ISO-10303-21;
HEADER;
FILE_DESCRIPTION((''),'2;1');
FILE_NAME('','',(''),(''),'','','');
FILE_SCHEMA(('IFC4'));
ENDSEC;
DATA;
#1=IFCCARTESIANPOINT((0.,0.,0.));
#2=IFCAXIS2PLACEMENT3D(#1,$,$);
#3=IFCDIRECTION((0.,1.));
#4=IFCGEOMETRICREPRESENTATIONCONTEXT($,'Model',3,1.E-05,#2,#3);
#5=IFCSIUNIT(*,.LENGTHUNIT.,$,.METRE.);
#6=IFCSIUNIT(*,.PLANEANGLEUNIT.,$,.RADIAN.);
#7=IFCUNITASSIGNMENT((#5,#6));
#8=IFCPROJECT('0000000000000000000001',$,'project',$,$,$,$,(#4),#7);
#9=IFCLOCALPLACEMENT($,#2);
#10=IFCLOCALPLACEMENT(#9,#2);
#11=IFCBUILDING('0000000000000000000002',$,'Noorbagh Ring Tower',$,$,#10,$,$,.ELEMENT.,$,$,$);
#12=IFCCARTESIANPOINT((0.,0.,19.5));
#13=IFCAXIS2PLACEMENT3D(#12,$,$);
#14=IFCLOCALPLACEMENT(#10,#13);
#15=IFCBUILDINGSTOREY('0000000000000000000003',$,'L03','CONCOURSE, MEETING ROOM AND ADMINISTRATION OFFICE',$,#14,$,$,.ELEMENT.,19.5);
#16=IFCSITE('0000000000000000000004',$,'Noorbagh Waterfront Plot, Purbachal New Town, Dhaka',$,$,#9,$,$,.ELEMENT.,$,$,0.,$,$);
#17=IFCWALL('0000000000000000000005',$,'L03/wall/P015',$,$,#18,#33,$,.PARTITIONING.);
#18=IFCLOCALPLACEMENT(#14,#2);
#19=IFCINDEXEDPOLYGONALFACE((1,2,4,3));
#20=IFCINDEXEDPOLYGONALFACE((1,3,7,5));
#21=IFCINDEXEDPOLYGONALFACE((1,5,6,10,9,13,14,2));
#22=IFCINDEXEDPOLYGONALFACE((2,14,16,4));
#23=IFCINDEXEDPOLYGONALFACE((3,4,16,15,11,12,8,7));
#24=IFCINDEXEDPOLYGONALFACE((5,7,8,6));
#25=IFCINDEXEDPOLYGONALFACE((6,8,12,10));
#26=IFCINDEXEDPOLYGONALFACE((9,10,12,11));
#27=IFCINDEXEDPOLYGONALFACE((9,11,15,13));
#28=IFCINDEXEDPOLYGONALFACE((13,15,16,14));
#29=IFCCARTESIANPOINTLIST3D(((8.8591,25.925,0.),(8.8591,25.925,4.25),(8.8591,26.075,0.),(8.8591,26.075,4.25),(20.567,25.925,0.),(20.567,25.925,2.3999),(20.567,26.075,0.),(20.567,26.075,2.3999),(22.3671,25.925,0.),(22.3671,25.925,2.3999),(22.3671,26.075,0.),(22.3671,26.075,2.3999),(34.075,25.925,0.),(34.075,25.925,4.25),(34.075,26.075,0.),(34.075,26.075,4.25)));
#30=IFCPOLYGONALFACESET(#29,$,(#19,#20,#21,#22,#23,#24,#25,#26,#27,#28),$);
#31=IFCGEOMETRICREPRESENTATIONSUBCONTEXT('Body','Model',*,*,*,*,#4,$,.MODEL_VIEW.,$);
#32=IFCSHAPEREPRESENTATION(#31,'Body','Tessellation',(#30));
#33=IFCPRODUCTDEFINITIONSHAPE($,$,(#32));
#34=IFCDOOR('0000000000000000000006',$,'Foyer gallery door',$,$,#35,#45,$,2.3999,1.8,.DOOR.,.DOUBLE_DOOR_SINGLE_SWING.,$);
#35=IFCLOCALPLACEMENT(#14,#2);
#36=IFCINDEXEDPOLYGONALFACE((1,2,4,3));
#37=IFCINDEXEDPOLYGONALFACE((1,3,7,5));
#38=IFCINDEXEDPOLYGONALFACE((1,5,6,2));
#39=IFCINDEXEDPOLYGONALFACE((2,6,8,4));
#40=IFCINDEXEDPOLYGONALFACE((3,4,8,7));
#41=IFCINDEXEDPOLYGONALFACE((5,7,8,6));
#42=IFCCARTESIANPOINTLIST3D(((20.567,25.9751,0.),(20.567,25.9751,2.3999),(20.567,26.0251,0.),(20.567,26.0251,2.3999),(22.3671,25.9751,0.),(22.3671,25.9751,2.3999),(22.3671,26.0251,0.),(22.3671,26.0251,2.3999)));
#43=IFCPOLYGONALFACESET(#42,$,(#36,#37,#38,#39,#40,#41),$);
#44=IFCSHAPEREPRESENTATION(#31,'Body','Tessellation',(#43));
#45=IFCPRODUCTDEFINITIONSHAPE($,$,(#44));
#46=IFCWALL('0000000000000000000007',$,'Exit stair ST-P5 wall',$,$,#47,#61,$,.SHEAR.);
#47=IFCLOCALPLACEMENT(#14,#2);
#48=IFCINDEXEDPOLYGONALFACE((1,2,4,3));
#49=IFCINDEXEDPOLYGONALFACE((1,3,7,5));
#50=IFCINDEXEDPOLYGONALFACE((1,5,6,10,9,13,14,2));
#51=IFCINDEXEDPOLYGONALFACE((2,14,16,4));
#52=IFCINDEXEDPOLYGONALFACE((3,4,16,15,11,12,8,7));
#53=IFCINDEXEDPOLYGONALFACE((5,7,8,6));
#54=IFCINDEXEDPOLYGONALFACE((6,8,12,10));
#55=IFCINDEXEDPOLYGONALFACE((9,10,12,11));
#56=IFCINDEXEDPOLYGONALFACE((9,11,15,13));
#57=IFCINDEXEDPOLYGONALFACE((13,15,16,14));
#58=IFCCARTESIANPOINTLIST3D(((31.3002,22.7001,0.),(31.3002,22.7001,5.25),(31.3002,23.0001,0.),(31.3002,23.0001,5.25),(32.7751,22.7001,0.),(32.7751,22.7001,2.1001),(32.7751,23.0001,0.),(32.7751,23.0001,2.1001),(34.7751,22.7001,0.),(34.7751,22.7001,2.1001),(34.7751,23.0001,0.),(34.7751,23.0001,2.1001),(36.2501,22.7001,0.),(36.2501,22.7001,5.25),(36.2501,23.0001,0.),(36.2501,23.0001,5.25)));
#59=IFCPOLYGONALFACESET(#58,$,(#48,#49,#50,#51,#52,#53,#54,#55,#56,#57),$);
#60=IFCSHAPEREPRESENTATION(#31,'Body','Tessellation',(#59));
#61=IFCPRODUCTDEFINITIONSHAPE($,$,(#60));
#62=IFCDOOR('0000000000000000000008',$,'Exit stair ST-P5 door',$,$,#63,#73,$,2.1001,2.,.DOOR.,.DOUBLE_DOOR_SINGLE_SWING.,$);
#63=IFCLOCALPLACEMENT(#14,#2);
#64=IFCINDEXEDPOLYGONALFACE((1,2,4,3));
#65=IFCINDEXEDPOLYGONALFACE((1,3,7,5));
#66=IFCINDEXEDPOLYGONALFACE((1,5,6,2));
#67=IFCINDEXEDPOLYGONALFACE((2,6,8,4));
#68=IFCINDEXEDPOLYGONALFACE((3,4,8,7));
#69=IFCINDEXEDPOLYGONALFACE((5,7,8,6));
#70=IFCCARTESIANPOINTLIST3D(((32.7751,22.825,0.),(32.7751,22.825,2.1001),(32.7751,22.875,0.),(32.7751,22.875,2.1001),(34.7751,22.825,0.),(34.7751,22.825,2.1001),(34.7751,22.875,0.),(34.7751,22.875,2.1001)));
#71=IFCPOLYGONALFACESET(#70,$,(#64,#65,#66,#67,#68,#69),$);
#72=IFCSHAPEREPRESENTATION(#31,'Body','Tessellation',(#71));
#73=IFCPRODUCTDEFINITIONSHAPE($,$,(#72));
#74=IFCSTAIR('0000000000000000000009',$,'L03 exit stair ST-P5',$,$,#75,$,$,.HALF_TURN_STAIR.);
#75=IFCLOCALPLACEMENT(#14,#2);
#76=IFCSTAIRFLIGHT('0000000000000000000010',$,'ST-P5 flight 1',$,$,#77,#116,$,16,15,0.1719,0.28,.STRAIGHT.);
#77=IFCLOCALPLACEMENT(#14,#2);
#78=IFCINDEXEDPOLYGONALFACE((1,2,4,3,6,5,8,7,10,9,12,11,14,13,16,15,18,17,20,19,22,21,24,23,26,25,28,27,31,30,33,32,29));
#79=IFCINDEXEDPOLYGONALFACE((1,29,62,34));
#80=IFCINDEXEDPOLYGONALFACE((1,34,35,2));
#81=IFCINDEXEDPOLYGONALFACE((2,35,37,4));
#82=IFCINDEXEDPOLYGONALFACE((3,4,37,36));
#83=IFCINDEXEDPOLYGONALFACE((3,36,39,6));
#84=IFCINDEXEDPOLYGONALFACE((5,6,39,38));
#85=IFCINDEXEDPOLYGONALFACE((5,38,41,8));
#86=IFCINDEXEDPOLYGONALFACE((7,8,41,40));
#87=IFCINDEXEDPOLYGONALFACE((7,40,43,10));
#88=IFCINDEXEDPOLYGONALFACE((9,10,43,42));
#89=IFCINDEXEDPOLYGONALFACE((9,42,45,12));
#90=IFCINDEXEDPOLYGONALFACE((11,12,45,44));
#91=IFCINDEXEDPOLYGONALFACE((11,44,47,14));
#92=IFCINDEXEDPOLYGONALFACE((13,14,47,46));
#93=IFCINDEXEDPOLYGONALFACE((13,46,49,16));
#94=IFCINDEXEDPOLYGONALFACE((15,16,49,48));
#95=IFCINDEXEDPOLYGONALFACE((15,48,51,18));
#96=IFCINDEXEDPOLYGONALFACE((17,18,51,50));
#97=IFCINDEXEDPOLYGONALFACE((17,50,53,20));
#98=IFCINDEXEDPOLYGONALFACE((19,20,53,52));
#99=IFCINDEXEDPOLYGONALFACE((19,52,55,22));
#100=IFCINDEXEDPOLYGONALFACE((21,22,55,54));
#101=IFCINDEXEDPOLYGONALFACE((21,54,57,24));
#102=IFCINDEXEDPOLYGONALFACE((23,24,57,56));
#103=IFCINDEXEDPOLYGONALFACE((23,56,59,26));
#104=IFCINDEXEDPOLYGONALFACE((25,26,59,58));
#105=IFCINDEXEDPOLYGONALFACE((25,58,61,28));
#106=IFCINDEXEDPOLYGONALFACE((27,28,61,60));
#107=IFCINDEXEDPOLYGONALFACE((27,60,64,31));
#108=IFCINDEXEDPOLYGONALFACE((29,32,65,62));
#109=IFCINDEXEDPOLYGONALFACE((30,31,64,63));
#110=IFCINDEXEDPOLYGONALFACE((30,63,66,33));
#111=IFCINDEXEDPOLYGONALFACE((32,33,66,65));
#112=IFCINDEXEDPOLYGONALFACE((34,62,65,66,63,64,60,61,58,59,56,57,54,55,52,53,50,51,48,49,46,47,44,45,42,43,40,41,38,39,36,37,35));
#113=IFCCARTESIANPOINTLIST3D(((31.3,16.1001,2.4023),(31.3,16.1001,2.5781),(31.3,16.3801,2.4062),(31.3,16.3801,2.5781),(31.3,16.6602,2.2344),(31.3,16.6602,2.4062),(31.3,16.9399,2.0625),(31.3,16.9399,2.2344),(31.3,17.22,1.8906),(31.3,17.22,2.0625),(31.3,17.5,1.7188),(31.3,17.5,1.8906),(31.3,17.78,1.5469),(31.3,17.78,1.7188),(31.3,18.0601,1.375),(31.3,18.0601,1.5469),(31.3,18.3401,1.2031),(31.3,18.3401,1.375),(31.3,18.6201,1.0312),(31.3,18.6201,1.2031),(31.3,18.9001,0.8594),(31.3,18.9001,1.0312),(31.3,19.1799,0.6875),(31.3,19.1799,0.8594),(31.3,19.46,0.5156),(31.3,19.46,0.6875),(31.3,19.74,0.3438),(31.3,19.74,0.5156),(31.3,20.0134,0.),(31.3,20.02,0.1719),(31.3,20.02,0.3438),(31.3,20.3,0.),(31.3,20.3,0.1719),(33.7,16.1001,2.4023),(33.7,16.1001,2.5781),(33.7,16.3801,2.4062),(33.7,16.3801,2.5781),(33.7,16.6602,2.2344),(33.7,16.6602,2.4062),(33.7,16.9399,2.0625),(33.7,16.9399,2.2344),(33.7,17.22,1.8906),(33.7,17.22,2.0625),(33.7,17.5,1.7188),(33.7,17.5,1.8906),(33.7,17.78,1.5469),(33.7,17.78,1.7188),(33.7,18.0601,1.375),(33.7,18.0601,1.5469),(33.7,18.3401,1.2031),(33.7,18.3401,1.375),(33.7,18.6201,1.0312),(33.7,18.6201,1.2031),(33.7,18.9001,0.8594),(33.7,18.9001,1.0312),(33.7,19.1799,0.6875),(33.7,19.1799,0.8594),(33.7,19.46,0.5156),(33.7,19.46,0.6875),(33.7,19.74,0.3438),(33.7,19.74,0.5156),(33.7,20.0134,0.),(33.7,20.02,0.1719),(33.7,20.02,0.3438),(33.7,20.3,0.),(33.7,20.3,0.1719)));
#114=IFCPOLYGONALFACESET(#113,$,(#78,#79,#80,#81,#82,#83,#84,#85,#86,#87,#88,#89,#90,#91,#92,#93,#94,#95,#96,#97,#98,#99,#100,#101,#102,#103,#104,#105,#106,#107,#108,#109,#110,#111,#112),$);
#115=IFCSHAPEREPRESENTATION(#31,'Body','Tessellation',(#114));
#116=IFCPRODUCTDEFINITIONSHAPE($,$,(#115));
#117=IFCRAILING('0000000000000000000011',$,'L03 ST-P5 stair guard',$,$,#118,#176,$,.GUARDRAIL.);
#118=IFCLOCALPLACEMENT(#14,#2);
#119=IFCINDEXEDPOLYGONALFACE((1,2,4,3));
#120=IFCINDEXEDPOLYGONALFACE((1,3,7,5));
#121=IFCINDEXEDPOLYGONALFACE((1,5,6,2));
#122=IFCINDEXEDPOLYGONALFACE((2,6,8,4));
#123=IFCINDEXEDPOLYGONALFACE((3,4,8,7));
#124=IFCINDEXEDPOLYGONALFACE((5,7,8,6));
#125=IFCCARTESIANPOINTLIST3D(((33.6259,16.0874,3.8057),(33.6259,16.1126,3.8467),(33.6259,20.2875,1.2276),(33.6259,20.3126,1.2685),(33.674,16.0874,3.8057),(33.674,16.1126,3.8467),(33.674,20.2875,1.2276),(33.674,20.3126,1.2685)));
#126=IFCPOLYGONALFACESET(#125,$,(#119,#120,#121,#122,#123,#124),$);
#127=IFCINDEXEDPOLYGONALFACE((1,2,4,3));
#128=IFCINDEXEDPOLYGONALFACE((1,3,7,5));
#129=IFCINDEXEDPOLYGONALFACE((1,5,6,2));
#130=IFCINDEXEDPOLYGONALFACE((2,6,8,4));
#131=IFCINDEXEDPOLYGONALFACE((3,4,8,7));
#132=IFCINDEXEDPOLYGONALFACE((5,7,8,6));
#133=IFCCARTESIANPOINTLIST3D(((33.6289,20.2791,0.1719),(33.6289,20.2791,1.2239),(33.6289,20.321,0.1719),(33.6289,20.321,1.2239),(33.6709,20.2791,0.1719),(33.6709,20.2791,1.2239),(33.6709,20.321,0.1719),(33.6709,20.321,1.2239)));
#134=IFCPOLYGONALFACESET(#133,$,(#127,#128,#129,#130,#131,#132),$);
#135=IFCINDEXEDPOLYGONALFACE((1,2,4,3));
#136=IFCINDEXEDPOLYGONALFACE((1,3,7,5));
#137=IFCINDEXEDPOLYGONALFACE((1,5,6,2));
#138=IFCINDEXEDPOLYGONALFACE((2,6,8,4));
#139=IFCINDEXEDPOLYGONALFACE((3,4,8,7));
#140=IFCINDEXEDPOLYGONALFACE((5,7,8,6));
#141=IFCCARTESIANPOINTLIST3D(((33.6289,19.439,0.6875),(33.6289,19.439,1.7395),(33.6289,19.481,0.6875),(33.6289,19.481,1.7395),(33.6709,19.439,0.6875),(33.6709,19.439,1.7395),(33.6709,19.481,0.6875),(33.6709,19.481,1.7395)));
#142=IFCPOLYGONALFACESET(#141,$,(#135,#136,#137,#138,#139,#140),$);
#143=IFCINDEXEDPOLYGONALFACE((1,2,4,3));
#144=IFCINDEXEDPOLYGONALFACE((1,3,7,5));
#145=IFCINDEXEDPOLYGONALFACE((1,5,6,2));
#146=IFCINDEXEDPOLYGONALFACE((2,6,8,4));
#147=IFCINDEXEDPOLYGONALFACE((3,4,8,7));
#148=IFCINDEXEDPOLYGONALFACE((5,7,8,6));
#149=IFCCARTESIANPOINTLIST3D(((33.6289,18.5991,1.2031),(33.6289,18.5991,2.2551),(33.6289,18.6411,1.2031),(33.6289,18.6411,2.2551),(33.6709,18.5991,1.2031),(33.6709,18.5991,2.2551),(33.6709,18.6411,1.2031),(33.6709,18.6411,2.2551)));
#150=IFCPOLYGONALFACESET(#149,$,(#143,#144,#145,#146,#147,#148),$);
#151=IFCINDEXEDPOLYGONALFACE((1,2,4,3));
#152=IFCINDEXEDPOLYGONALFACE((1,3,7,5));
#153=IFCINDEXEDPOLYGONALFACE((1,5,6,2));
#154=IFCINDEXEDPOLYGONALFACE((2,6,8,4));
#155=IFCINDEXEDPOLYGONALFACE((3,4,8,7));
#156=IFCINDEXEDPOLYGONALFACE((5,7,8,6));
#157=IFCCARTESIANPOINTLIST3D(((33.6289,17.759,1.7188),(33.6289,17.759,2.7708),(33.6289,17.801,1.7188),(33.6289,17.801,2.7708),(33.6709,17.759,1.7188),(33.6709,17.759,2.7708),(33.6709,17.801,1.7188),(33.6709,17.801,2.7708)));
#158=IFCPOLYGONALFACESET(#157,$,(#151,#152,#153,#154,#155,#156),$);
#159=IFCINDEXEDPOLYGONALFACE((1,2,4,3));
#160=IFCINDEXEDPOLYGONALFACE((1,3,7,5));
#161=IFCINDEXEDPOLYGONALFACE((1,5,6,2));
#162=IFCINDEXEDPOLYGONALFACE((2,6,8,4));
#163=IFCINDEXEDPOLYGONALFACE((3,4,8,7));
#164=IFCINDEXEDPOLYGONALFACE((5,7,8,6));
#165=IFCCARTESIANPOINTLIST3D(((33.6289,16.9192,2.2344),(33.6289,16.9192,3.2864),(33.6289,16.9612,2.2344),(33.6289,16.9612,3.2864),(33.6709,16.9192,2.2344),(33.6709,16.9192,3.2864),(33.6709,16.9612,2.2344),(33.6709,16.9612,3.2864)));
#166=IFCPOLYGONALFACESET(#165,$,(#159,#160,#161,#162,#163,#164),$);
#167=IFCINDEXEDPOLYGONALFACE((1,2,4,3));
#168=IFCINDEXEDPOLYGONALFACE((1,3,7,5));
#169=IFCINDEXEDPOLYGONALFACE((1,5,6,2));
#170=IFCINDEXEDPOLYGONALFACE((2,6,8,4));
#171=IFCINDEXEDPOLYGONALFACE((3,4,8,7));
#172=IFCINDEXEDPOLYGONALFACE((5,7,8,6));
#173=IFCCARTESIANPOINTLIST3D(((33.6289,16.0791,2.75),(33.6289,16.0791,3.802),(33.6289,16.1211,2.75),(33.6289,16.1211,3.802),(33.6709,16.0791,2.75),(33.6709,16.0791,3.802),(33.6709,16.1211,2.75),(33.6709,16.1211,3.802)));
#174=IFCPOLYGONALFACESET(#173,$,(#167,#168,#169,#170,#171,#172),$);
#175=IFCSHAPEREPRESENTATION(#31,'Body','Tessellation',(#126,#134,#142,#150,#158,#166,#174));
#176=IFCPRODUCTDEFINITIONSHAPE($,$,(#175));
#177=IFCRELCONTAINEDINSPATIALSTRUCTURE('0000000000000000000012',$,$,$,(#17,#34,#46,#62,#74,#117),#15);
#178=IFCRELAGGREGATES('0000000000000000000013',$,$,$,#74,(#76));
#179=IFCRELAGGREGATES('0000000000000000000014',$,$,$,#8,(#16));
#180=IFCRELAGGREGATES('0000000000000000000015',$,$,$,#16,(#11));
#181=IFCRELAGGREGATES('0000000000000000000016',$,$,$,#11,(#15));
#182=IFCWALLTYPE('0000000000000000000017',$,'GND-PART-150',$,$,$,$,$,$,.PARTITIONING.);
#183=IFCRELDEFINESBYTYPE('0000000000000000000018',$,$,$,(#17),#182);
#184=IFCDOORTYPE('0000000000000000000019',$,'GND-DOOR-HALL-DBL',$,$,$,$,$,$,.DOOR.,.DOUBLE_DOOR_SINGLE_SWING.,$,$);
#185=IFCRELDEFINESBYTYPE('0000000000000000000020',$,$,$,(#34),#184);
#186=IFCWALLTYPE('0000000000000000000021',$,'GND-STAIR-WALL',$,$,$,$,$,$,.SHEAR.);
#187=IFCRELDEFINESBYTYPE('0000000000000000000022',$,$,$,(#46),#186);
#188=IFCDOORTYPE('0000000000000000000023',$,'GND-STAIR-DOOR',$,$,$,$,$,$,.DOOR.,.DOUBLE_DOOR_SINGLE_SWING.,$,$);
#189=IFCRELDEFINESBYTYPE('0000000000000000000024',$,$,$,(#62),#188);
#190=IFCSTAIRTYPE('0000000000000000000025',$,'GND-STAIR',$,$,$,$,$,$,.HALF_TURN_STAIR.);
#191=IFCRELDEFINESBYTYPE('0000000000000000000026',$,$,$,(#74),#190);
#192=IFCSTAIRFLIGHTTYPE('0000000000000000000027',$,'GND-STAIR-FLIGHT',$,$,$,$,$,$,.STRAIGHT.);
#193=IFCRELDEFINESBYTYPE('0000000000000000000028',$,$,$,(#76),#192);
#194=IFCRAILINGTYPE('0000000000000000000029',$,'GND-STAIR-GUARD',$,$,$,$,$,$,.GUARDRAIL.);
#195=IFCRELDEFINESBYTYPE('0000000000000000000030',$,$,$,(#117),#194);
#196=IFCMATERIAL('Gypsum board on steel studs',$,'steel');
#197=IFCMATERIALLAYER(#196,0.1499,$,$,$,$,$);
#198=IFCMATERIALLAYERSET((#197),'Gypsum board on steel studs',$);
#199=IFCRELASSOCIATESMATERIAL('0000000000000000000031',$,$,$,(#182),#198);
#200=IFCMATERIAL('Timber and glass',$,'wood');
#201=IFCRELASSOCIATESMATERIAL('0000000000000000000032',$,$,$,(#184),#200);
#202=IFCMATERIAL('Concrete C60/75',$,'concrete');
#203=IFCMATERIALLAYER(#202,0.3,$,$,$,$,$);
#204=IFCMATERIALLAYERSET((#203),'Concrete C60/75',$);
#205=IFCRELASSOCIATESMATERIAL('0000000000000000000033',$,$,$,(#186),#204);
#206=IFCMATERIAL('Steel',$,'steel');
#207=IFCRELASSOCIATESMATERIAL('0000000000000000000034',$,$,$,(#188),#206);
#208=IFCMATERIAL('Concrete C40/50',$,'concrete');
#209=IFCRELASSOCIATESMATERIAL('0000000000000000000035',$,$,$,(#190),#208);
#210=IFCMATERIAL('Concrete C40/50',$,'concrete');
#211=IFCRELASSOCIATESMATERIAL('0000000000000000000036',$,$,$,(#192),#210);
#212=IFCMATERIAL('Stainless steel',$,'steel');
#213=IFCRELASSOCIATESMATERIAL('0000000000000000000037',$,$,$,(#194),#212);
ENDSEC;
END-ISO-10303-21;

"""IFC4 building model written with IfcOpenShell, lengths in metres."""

from ifc_helpers import new_model, si_unit, direction, frame, frame_2d, origin, origin_2d, place, context, subcontext, project, spatial, polyline, rectangle, outline, extrude, material, layer, layer_set, type_object, element, fill, aggregate, save


model = new_model("IFC4")

# Units and contexts
model_context = context("Model", 3, precision=1e-05, world=origin(), true_north=direction((0.0, 1.0)))
body_context = subcontext(model_context, "Body", "Model", "MODEL_VIEW")
ifc_project = project(units=[si_unit("LENGTHUNIT", "METRE"), si_unit("PLANEANGLEUNIT", "RADIAN")], contexts=[model_context])

# Site, building, storey
site_placement = place(None, origin())
site = spatial("IfcSite", under=ifc_project, at=site_placement, Name="Noorbagh Waterfront Plot, Purbachal New Town, Dhaka", CompositionType="ELEMENT", RefElevation=0.0)
building_placement = place(site_placement, origin())
building = spatial("IfcBuilding", under=site, at=building_placement, Name="Noorbagh Ring Tower", CompositionType="ELEMENT")
storey_placement = place(building_placement, frame((0.0, 0.0, 19.5)))
storey = spatial("IfcBuildingStorey", under=building, at=storey_placement, Name="L03", Description="CONCOURSE, MEETING ROOM AND ADMINISTRATION OFFICE", CompositionType="ELEMENT", Elevation=19.5)

# Shared definitions
ifc_material_1 = material(Name="Gypsum board on steel studs", Category="steel")
ifc_layer_1 = layer(ifc_material_1, 0.1499)
ifc_layer_set_1 = layer_set([ifc_layer_1], Name="Gypsum board on steel studs")
wall_type_1 = type_object("IfcWallType", Name="GND-PART-150", PredefinedType="PARTITIONING", material=ifc_layer_set_1)

# Walls, openings, doors
wall_1_placement = place(storey_placement, frame((34.075, 26.0, 0.0), z_axis=(0.0, 0.0, 1.0), x_axis=(-1.0, 0.0, 0.0)))
wall_1 = element("IfcWall", 1, at=wall_1_placement, inside=storey, type_object=wall_type_1, Name="L03/wall/P015", PredefinedType="PARTITIONING", context=body_context, shape_type="SweptSolid", body=[
    extrude(rectangle(XDim=25.2158, YDim=0.1499, at=frame_2d((12.6079, 0.0))), origin(), (0.0, 0.0, 1.0), 4.25),
])
opening_1_placement = place(wall_1_placement, frame((11.708, 0.0, 0.0)))
opening_1 = element("IfcOpeningElement", 2, at=opening_1_placement, cuts=wall_1, PredefinedType="OPENING", context=body_context, shape_type="SweptSolid", body=[
    extrude(rectangle(XDim=1.8, YDim=2.3999, at=frame_2d((0.8999, 1.2))), frame((0.0, 0.085, 0.0), z_axis=(0.0, -1.0, 0.0), x_axis=(1.0, 0.0, 0.0)), (0.0, 0.0, 1.0), 0.1699),
])
ifc_material_2 = material(Name="Timber and glass", Category="wood")
door_type_1 = type_object("IfcDoorType", Name="GND-DOOR-HALL-DBL", OperationType="DOUBLE_DOOR_SINGLE_SWING", PredefinedType="DOOR", material=ifc_material_2)
door_1_placement = place(opening_1_placement, origin())
door_1 = element("IfcDoor", 3, at=door_1_placement, inside=storey, type_object=door_type_1, Name="Foyer gallery door", OperationType="DOUBLE_DOOR_SINGLE_SWING", OverallHeight=2.3999, OverallWidth=1.8, PredefinedType="DOOR", context=body_context, shape_type="SweptSolid", body=[
    extrude(rectangle(XDim=1.8, YDim=2.3999, at=frame_2d((0.8999, 1.2))), frame((0.0, 0.0249, 0.0), z_axis=(0.0, -1.0, 0.0), x_axis=(1.0, 0.0, 0.0)), (0.0, 0.0, 1.0), 0.05),
])
fill(opening_1, door_1)
ifc_material_3 = material(Name="Concrete C60/75", Category="concrete")
ifc_layer_2 = layer(ifc_material_3, 0.3)
ifc_layer_set_2 = layer_set([ifc_layer_2], Name="Concrete C60/75")
wall_type_2 = type_object("IfcWallType", Name="GND-STAIR-WALL", PredefinedType="SHEAR", material=ifc_layer_set_2)
wall_2_placement = place(storey_placement, frame((31.3, 22.8501, 0.0), z_axis=(0.0, 0.0, 1.0), x_axis=(1.0, 0.0, 0.0)))
wall_2 = element("IfcWall", 4, at=wall_2_placement, inside=storey, type_object=wall_type_2, Name="Exit stair ST-P5 wall", PredefinedType="SHEAR", context=body_context, shape_type="SweptSolid", body=[
    extrude(rectangle(XDim=4.95, YDim=0.3, at=frame_2d((2.4751, 0.0))), origin(), (0.0, 0.0, 1.0), 5.25),
])
opening_2_placement = place(wall_2_placement, frame((1.4751, 0.0, 0.0)))
opening_2 = element("IfcOpeningElement", 5, at=opening_2_placement, cuts=wall_2, PredefinedType="OPENING", context=body_context, shape_type="SweptSolid", body=[
    extrude(rectangle(XDim=2.0, YDim=2.1001, at=frame_2d((1.0, 1.05))), frame((0.0, 0.1602, 0.0), z_axis=(0.0, -1.0, 0.0), x_axis=(1.0, 0.0, 0.0)), (0.0, 0.0, 1.0), 0.3201),
])
ifc_material_4 = material(Name="Steel", Category="steel")
door_type_2 = type_object("IfcDoorType", Name="GND-STAIR-DOOR", OperationType="DOUBLE_DOOR_SINGLE_SWING", PredefinedType="DOOR", material=ifc_material_4)
door_2_placement = place(opening_2_placement, origin())
door_2 = element("IfcDoor", 6, at=door_2_placement, inside=storey, type_object=door_type_2, Name="Exit stair ST-P5 door", OperationType="DOUBLE_DOOR_SINGLE_SWING", OverallHeight=2.1001, OverallWidth=2.0, PredefinedType="DOOR", context=body_context, shape_type="SweptSolid", body=[
    extrude(rectangle(XDim=2.0, YDim=2.1001, at=frame_2d((1.0, 1.05))), frame((0.0, 0.0249, 0.0), z_axis=(0.0, -1.0, 0.0), x_axis=(1.0, 0.0, 0.0)), (0.0, 0.0, 1.0), 0.05),
])
fill(opening_2, door_2)

# Stair, stair flight
ifc_material_5 = material(Name="Concrete C40/50", Category="concrete")
stair_type = type_object("IfcStairType", Name="GND-STAIR", PredefinedType="HALF_TURN_STAIR", material=ifc_material_5)
stair_placement = place(storey_placement, origin())
stair = element("IfcStair", 7, at=stair_placement, inside=storey, type_object=stair_type, Name="L03 exit stair ST-P5", PredefinedType="HALF_TURN_STAIR")
ifc_material_6 = material(Name="Concrete C40/50", Category="concrete")
stair_flight_type = type_object("IfcStairFlightType", Name="GND-STAIR-FLIGHT", PredefinedType="STRAIGHT", material=ifc_material_6)
stair_flight_placement = place(storey_placement, frame((32.5, 20.3, 0.0), z_axis=(0.0, 0.0, 1.0), x_axis=(0.0, -1.0, 0.0)))
stair_flight = element("IfcStairFlight", 8, at=stair_flight_placement, type_object=stair_flight_type, Name="ST-P5 flight 1", NumberOfRisers=16, NumberOfTreads=15, PredefinedType="STRAIGHT", RiserHeight=0.1719, TreadLength=0.28, context=body_context, shape_type="SweptSolid", body=[
    extrude(outline(polyline([(0.0, 0.0), (0.0, 0.1719), (0.28, 0.1719), (0.28, 0.3438), (0.5601, 0.3438), (0.5601, 0.5156), (0.8401, 0.5156), (0.8401, 0.6875), (1.1201, 0.6875), (1.1201, 0.8594), (1.3999, 0.8594), (1.3999, 1.0312), (1.6799, 1.0312), (1.6799, 1.2031), (1.96, 1.2031), (1.96, 1.375), (2.24, 1.375), (2.24, 1.5469), (2.52, 1.5469), (2.52, 1.7188), (2.8, 1.7188), (2.8, 1.8906), (3.0801, 1.8906), (3.0801, 2.0625), (3.3601, 2.0625), (3.3601, 2.2344), (3.6399, 2.2344), (3.6399, 2.4062), (3.9199, 2.4062), (3.9199, 2.5781), (4.2, 2.5781), (4.2, 2.75), (4.2, 2.4023), (0.2866, 0.0), (0.0, 0.0)])), frame((0.0, 1.2, 0.0), z_axis=(0.0, -1.0, 0.0), x_axis=(1.0, 0.0, 0.0)), (0.0, 0.0, 1.0), 2.3999),
])
aggregate(stair, [stair_flight])

# Railing
ifc_material_7 = material(Name="Stainless steel", Category="steel")
railing_type_1 = type_object("IfcRailingType", Name="GND-STAIR-GUARD", PredefinedType="GUARDRAIL", material=ifc_material_7)
railing_1_placement = place(storey_placement, frame((33.6499, 20.3, 0.1719)))
element("IfcRailing", 9, at=railing_1_placement, inside=storey, type_object=railing_type_1, Name="L03 ST-P5 stair guard", PredefinedType="GUARDRAIL", context=body_context, shape_type="SweptSolid", body=[
    extrude(rectangle(XDim=0.0481, YDim=0.0481, at=origin_2d()), frame((0.0, 0.0, 1.0762), z_axis=(0.0, -0.852243, 0.523146), x_axis=(1.0, 0.0, 0.0)), (0.0, 0.0, 1.0), 4.9282),
    extrude(rectangle(XDim=0.042, YDim=0.042, at=origin_2d()), origin(), (0.0, 0.0, 1.0), 1.052),
    extrude(rectangle(XDim=0.042, YDim=0.042, at=origin_2d()), frame((0.0, -0.8401, 0.5156)), (0.0, 0.0, 1.0), 1.052),
    extrude(rectangle(XDim=0.042, YDim=0.042, at=origin_2d()), frame((0.0, -1.6799, 1.0312)), (0.0, 0.0, 1.0), 1.052),
    extrude(rectangle(XDim=0.042, YDim=0.042, at=origin_2d()), frame((0.0, -2.52, 1.5469)), (0.0, 0.0, 1.0), 1.052),
    extrude(rectangle(XDim=0.042, YDim=0.042, at=origin_2d()), frame((0.0, -3.3599, 2.0625)), (0.0, 0.0, 1.0), 1.052),
    extrude(rectangle(XDim=0.042, YDim=0.042, at=origin_2d()), frame((0.0, -4.2, 2.5781)), (0.0, 0.0, 1.0), 1.052),
])

save(model, "model.ifc")
